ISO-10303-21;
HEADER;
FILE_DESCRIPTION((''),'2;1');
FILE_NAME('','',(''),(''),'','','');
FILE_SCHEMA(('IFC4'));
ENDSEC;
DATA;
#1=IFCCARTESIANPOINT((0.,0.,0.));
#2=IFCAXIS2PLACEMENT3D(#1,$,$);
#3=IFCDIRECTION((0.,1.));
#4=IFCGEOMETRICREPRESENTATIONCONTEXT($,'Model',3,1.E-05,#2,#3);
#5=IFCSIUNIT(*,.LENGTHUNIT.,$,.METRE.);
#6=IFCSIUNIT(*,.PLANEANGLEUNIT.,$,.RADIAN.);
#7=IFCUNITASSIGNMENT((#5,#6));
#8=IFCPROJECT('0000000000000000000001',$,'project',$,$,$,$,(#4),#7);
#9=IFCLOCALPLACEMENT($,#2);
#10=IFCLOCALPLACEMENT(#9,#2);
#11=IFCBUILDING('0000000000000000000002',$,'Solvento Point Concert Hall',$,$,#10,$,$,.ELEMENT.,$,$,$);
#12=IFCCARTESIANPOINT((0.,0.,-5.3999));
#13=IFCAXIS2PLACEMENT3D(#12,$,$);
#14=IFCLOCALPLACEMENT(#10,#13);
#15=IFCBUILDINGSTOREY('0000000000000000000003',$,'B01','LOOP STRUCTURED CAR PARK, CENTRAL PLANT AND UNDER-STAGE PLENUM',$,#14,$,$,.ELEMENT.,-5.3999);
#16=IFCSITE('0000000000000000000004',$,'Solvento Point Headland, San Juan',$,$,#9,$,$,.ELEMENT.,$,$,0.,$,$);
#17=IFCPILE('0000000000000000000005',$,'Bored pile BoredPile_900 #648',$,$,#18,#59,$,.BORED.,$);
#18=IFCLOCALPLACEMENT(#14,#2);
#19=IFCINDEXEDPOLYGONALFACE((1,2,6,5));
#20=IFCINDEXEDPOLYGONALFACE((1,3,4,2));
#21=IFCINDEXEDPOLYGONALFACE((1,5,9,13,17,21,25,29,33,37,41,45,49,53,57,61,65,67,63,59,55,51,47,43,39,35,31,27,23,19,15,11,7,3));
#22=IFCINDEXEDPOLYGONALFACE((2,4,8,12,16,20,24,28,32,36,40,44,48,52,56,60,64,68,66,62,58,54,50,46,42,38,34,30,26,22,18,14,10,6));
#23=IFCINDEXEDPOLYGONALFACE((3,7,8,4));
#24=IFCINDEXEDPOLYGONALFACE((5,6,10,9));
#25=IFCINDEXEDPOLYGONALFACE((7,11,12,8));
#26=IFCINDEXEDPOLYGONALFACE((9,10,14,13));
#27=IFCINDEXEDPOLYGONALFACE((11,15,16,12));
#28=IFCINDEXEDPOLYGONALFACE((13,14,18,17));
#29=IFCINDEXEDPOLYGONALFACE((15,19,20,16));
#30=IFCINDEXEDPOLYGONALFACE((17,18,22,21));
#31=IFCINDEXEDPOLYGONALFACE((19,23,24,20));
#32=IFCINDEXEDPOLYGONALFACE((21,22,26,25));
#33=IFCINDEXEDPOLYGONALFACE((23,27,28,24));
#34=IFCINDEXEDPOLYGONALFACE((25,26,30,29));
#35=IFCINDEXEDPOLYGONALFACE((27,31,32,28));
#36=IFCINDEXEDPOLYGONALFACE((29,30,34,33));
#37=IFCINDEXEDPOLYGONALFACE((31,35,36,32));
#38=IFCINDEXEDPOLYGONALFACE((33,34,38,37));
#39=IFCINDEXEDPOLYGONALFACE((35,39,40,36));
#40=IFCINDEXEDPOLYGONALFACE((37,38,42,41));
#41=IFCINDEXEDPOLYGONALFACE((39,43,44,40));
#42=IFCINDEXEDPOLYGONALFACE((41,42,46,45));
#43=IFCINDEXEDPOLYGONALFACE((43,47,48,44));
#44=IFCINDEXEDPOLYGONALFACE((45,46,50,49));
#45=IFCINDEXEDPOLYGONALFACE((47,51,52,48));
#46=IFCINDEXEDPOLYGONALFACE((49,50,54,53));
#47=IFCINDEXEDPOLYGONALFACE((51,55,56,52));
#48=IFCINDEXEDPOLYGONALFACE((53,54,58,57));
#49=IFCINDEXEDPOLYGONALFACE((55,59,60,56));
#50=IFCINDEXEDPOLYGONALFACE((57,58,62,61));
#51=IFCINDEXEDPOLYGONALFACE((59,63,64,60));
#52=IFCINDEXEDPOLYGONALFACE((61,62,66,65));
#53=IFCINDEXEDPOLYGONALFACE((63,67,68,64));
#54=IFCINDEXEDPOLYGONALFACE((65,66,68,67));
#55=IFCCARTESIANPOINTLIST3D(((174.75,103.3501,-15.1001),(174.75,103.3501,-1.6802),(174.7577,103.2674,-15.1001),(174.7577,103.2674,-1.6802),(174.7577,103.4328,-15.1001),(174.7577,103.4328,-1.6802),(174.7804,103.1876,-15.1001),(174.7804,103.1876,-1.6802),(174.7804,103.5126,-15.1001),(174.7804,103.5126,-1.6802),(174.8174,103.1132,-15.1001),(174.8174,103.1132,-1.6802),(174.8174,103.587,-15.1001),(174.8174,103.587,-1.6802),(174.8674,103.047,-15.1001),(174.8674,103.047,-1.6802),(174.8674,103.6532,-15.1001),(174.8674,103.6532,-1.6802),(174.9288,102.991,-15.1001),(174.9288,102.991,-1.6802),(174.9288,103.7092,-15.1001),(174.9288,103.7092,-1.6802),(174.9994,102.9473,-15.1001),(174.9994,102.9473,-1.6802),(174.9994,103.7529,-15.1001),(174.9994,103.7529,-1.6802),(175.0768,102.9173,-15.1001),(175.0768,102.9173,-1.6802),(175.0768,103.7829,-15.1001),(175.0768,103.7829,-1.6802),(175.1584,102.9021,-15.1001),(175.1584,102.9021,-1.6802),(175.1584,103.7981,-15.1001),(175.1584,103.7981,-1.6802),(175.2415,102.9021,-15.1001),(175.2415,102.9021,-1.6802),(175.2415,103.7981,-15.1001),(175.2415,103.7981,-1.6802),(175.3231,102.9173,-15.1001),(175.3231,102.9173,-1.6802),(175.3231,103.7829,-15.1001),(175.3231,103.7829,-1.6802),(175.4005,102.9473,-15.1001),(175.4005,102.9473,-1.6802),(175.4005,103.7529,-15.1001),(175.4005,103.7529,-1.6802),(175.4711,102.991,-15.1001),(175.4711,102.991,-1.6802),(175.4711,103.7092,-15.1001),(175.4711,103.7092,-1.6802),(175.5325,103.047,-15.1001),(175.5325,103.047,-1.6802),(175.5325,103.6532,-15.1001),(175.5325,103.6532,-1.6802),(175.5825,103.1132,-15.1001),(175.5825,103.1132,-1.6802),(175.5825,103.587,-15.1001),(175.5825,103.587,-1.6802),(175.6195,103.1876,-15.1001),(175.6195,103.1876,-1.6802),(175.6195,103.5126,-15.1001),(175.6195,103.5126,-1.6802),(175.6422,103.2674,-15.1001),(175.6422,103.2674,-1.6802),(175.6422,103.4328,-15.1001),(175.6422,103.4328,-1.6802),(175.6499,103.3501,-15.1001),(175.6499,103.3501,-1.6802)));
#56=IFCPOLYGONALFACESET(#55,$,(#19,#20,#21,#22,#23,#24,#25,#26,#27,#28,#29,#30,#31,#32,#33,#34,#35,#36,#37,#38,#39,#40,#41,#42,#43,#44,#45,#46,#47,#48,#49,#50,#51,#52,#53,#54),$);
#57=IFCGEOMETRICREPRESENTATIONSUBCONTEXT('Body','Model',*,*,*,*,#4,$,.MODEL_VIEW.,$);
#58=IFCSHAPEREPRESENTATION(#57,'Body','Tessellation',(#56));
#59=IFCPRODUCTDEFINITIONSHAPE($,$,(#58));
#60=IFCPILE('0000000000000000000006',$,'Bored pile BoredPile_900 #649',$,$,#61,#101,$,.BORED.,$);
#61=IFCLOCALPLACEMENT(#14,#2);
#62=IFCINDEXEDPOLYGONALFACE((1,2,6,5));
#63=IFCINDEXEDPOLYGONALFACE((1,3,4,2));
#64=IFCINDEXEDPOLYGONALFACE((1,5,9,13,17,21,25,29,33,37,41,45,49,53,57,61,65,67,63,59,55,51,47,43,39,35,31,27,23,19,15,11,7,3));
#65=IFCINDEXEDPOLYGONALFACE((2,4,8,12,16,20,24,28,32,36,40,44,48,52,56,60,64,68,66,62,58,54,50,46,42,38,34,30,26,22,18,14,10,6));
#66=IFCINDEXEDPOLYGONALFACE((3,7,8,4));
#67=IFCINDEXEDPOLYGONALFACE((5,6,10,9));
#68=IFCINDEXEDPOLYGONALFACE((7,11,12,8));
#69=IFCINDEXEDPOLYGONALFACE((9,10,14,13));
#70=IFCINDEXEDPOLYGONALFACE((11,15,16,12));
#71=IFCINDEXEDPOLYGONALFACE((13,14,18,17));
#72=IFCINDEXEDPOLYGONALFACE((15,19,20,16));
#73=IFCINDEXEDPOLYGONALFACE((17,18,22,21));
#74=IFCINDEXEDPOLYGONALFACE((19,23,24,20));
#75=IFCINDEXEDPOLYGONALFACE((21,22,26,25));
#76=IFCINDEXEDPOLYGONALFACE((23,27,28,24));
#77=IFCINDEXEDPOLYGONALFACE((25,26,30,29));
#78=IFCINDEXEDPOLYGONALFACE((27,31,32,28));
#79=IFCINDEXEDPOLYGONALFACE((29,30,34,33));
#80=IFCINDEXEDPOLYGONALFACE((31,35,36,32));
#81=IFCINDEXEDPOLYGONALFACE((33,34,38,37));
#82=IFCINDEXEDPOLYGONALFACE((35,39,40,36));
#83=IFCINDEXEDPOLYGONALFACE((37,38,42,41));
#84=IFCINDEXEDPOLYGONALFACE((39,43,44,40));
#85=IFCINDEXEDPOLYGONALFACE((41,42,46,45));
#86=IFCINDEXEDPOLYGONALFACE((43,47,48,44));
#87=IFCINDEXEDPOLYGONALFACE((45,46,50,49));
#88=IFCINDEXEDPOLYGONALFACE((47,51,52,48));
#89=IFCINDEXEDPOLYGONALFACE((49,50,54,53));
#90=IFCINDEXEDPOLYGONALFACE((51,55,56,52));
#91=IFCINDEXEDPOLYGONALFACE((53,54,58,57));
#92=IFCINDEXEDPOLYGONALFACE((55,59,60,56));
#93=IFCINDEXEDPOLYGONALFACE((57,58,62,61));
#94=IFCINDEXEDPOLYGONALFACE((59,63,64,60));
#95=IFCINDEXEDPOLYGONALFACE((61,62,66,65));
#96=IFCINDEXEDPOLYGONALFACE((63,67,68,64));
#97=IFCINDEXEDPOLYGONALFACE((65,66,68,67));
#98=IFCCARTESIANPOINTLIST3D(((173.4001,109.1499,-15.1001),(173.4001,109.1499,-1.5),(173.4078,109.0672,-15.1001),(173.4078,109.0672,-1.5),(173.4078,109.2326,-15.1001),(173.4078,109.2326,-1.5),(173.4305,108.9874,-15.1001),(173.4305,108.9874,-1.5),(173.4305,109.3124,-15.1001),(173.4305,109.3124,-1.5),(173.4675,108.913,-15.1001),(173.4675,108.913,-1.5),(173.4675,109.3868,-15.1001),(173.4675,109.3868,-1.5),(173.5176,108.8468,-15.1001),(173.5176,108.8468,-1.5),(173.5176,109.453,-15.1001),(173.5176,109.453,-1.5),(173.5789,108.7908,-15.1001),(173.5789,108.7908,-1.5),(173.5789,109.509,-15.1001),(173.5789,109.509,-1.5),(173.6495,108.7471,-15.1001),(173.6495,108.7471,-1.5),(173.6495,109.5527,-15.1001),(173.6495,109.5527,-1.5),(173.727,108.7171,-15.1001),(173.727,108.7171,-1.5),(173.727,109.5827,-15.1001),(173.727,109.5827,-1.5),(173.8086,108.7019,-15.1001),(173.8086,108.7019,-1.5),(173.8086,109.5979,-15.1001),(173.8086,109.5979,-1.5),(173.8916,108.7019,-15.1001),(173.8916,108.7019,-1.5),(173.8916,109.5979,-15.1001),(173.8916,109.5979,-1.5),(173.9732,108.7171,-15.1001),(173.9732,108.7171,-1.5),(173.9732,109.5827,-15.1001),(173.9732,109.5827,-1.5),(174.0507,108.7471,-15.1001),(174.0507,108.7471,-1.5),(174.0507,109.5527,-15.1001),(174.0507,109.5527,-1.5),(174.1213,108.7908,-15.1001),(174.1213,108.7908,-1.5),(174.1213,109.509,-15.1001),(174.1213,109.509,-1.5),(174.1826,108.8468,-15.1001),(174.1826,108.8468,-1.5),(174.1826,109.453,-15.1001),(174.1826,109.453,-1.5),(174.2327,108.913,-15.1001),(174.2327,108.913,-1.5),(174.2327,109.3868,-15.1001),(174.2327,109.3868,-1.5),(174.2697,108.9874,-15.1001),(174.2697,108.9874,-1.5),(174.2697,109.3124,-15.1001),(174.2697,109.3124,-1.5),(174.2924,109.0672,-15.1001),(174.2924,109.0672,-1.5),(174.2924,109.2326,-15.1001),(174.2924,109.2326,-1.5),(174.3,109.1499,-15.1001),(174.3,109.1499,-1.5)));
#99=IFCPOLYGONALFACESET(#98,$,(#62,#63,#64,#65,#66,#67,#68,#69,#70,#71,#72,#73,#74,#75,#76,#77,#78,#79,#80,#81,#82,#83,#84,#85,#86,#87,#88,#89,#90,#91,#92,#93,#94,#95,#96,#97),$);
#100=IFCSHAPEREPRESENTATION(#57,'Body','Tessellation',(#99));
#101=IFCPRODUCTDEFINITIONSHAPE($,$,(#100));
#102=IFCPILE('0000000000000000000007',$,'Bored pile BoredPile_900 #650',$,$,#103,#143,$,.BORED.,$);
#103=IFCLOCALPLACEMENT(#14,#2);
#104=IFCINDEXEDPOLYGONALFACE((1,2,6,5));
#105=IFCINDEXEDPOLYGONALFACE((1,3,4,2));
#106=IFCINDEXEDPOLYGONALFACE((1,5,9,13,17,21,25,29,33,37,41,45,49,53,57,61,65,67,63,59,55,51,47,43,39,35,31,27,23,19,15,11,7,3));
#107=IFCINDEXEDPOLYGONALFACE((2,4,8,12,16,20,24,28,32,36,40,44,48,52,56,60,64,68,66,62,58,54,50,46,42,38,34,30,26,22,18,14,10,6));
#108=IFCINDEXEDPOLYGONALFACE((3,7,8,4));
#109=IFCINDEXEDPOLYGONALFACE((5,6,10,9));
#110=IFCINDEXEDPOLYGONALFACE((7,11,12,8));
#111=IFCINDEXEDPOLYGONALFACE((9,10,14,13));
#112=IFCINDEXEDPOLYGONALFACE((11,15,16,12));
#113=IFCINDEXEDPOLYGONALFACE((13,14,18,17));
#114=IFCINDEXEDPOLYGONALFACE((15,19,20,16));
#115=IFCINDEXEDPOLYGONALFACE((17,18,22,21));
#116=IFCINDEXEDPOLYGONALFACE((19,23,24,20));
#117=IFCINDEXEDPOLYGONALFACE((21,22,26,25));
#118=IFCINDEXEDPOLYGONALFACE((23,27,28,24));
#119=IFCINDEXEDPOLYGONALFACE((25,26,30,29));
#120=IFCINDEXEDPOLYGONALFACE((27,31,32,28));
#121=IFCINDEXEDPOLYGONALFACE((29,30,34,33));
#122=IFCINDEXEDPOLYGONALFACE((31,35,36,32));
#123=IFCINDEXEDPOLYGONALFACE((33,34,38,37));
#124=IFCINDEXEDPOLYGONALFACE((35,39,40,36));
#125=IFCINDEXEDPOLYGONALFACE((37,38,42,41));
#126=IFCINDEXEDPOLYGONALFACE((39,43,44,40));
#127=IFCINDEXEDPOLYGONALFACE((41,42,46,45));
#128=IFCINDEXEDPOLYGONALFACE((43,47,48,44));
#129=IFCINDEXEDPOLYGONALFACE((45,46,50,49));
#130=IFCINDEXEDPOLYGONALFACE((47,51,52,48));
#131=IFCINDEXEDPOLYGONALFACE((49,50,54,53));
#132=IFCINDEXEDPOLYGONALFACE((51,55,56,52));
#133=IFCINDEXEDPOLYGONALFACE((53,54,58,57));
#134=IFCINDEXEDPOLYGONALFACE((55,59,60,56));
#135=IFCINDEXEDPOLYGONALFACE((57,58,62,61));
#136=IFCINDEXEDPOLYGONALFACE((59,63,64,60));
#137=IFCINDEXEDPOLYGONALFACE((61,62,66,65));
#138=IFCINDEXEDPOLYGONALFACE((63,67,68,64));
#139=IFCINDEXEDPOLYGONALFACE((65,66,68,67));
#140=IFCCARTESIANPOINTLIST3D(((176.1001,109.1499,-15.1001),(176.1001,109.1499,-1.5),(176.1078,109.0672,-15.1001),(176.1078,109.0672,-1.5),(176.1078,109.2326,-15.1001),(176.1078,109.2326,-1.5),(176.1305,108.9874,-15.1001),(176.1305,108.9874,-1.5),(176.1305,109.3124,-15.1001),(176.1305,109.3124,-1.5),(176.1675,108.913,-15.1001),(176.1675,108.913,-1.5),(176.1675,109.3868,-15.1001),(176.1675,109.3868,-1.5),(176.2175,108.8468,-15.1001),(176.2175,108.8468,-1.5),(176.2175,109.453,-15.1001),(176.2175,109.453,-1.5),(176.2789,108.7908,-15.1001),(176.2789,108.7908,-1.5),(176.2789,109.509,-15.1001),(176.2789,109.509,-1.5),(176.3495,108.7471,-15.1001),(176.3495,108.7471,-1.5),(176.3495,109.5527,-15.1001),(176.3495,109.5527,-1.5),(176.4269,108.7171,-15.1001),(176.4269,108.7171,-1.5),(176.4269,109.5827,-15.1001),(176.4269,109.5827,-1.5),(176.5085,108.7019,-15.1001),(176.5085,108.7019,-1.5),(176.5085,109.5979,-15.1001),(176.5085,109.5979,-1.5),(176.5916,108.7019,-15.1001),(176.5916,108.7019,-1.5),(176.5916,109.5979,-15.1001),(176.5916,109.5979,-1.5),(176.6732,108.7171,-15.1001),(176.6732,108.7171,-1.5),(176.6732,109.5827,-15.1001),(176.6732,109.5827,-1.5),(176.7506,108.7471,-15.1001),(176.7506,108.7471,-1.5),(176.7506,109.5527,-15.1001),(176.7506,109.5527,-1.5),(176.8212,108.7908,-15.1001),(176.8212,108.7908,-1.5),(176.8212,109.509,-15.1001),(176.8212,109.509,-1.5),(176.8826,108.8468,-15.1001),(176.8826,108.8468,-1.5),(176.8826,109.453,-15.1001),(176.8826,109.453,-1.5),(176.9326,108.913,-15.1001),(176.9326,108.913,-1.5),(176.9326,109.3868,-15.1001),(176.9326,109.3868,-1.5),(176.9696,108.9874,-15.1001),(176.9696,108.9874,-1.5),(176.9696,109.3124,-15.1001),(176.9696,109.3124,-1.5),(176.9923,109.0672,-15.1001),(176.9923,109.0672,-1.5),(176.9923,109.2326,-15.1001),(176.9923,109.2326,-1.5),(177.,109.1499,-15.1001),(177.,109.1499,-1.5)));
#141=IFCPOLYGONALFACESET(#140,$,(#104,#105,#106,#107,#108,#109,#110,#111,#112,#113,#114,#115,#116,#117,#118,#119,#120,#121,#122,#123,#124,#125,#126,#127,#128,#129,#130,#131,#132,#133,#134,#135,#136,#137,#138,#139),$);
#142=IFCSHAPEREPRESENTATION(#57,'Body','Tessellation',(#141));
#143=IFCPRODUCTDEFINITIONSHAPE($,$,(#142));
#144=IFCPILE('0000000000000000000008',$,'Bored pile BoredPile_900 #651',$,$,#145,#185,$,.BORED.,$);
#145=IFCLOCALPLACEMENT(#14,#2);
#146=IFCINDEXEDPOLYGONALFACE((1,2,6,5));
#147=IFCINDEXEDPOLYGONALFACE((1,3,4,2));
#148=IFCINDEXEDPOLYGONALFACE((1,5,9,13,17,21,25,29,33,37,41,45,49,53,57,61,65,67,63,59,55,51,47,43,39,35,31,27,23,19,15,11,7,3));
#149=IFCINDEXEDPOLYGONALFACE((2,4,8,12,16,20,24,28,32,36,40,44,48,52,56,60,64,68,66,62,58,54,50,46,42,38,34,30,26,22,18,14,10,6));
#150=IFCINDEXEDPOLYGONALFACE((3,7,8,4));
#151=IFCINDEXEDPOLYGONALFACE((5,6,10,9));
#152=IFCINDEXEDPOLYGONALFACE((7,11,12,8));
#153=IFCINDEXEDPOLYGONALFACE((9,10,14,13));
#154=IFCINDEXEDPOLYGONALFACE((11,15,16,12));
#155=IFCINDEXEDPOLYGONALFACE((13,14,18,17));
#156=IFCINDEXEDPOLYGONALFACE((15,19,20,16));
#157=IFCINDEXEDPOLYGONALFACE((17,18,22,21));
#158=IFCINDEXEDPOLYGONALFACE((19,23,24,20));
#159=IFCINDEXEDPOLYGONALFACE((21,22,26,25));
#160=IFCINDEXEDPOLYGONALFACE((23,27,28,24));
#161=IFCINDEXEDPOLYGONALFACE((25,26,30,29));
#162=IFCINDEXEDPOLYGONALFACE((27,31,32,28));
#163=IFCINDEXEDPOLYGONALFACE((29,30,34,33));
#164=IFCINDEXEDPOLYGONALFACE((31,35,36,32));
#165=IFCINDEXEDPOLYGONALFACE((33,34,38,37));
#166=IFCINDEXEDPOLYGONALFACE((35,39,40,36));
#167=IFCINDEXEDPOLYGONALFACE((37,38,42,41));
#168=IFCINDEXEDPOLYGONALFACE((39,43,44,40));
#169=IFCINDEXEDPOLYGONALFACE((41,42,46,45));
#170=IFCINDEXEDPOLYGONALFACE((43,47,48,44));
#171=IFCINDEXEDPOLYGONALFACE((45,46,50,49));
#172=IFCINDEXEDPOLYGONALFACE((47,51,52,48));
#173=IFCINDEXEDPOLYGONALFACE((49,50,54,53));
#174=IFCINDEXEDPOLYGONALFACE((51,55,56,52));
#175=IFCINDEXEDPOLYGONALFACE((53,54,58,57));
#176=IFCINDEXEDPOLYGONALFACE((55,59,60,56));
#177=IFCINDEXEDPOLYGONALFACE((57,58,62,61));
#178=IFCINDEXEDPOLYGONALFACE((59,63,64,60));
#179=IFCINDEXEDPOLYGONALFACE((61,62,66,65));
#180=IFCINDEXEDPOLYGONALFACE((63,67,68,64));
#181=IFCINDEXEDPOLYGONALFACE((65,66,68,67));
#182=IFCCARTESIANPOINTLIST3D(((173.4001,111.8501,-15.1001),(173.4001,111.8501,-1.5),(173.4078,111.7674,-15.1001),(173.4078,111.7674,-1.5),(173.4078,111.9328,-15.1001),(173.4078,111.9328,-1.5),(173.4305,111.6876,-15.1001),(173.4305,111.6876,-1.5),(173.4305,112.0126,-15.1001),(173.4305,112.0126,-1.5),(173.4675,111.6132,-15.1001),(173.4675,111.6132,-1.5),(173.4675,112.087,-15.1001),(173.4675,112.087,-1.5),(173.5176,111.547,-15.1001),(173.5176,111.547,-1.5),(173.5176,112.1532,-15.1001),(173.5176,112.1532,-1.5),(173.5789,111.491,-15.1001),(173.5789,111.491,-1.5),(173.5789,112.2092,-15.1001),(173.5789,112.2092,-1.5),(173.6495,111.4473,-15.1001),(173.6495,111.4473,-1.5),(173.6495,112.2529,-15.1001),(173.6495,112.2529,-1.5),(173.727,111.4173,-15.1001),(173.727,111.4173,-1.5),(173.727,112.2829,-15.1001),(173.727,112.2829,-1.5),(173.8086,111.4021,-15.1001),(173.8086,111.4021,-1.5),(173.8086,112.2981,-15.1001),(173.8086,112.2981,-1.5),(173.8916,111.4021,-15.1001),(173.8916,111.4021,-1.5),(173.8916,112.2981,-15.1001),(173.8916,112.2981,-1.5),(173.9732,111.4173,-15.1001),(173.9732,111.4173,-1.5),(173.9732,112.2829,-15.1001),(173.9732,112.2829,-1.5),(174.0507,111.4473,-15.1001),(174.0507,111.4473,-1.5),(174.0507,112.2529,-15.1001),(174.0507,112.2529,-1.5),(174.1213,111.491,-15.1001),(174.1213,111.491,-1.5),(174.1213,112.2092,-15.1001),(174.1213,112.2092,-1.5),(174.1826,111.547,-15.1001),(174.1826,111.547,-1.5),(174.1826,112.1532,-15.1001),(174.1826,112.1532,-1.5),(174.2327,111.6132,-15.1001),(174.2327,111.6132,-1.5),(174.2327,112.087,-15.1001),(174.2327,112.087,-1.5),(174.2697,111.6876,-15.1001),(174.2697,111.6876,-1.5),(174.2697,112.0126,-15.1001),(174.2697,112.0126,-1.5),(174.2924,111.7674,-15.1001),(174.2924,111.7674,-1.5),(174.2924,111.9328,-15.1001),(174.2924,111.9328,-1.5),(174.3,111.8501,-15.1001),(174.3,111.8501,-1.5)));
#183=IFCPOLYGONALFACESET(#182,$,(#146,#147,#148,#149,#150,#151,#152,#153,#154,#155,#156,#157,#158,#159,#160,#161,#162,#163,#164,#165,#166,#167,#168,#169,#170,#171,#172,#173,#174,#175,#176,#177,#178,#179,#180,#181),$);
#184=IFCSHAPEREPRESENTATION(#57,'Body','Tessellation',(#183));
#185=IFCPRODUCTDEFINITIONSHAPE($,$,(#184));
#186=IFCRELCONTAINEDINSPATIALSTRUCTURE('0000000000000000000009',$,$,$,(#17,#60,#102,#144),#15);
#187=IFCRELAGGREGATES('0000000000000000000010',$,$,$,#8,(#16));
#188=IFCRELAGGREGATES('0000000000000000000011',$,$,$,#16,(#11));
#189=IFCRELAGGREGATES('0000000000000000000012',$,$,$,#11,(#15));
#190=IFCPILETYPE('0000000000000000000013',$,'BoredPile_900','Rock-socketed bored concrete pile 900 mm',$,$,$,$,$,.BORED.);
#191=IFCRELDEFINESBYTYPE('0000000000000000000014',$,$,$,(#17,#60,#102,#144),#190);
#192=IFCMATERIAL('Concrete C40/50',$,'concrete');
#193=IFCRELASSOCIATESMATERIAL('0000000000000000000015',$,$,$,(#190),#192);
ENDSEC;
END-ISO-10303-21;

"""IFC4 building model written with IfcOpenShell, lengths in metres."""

from ifc_helpers import new_model, si_unit, direction, frame, origin, origin_2d, place, context, subcontext, project, spatial, circle, extrude, material, material_profile, profile_set, type_object, element, save


model = new_model("IFC4")

# Units and contexts
model_context = context("Model", 3, precision=1e-05, world=origin(), true_north=direction((0.0, 1.0)))
body_context = subcontext(model_context, "Body", "Model", "MODEL_VIEW")
ifc_project = project(units=[si_unit("LENGTHUNIT", "METRE"), si_unit("PLANEANGLEUNIT", "RADIAN")], contexts=[model_context])

# Site, building, storey
site_placement = place(None, origin())
site = spatial("IfcSite", under=ifc_project, at=site_placement, Name="Solvento Point Headland, San Juan", CompositionType="ELEMENT", RefElevation=0.0)
building_placement = place(site_placement, origin())
building = spatial("IfcBuilding", under=site, at=building_placement, Name="Solvento Point Concert Hall", CompositionType="ELEMENT")
storey_placement = place(building_placement, frame((0.0, 0.0, -5.3999)))
storey = spatial("IfcBuildingStorey", under=building, at=storey_placement, Name="B01", Description="LOOP STRUCTURED CAR PARK, CENTRAL PLANT AND UNDER-STAGE PLENUM", CompositionType="ELEMENT", Elevation=-5.3999)

# Piles
ifc_material_1 = material(Name="Concrete C40/50", Category="concrete")
ifc_material_profile_1 = material_profile(ifc_material_1, circle(Radius=0.45, at=origin_2d()), Name="BP-900")
ifc_profile_set_1 = profile_set([ifc_material_profile_1], Name="Concrete C40/50")
pile_type_1 = type_object("IfcPileType", Name="BoredPile_900", Description="Rock-socketed bored concrete pile 900 mm", PredefinedType="BORED", material=ifc_profile_set_1)
pile_1_placement = place(storey_placement, frame((175.2, 103.3501, -1.6802), z_axis=(0.0, 0.0, -1.0), x_axis=(1.0, 0.0, 0.0)))
element("IfcPile", 1, at=pile_1_placement, inside=storey, type_object=pile_type_1, Name="Bored pile BoredPile_900 #648", PredefinedType="BORED", context=body_context, shape_type="SweptSolid", body=[
    extrude(circle(Radius=0.45, at=origin_2d()), origin(), (0.0, 0.0, 1.0), 13.4199),
])
for number, where, z_axis, x_axis, name in (
    (2, (173.8501, 109.1499, -1.5), (0.0, 0.0, -1.0), (1.0, 0.0, 0.0), "Bored pile BoredPile_900 #649"),
    (3, (176.55, 109.1499, -1.5), (0.0, 0.0, -1.0), (1.0, 0.0, 0.0), "Bored pile BoredPile_900 #650"),
    (4, (173.8501, 111.8501, -1.5), (0.0, 0.0, -1.0), (1.0, 0.0, 0.0), "Bored pile BoredPile_900 #651"),
):
    element("IfcPile", number, at=place(storey_placement, frame(where, z_axis=z_axis, x_axis=x_axis)), inside=storey, type_object=pile_type_1, Name=name, PredefinedType="BORED", context=body_context, shape_type="SweptSolid", body=[
        extrude(circle(Radius=0.45, at=origin_2d()), origin(), (0.0, 0.0, 1.0), 13.6001),
    ])

save(model, "model.ifc")
